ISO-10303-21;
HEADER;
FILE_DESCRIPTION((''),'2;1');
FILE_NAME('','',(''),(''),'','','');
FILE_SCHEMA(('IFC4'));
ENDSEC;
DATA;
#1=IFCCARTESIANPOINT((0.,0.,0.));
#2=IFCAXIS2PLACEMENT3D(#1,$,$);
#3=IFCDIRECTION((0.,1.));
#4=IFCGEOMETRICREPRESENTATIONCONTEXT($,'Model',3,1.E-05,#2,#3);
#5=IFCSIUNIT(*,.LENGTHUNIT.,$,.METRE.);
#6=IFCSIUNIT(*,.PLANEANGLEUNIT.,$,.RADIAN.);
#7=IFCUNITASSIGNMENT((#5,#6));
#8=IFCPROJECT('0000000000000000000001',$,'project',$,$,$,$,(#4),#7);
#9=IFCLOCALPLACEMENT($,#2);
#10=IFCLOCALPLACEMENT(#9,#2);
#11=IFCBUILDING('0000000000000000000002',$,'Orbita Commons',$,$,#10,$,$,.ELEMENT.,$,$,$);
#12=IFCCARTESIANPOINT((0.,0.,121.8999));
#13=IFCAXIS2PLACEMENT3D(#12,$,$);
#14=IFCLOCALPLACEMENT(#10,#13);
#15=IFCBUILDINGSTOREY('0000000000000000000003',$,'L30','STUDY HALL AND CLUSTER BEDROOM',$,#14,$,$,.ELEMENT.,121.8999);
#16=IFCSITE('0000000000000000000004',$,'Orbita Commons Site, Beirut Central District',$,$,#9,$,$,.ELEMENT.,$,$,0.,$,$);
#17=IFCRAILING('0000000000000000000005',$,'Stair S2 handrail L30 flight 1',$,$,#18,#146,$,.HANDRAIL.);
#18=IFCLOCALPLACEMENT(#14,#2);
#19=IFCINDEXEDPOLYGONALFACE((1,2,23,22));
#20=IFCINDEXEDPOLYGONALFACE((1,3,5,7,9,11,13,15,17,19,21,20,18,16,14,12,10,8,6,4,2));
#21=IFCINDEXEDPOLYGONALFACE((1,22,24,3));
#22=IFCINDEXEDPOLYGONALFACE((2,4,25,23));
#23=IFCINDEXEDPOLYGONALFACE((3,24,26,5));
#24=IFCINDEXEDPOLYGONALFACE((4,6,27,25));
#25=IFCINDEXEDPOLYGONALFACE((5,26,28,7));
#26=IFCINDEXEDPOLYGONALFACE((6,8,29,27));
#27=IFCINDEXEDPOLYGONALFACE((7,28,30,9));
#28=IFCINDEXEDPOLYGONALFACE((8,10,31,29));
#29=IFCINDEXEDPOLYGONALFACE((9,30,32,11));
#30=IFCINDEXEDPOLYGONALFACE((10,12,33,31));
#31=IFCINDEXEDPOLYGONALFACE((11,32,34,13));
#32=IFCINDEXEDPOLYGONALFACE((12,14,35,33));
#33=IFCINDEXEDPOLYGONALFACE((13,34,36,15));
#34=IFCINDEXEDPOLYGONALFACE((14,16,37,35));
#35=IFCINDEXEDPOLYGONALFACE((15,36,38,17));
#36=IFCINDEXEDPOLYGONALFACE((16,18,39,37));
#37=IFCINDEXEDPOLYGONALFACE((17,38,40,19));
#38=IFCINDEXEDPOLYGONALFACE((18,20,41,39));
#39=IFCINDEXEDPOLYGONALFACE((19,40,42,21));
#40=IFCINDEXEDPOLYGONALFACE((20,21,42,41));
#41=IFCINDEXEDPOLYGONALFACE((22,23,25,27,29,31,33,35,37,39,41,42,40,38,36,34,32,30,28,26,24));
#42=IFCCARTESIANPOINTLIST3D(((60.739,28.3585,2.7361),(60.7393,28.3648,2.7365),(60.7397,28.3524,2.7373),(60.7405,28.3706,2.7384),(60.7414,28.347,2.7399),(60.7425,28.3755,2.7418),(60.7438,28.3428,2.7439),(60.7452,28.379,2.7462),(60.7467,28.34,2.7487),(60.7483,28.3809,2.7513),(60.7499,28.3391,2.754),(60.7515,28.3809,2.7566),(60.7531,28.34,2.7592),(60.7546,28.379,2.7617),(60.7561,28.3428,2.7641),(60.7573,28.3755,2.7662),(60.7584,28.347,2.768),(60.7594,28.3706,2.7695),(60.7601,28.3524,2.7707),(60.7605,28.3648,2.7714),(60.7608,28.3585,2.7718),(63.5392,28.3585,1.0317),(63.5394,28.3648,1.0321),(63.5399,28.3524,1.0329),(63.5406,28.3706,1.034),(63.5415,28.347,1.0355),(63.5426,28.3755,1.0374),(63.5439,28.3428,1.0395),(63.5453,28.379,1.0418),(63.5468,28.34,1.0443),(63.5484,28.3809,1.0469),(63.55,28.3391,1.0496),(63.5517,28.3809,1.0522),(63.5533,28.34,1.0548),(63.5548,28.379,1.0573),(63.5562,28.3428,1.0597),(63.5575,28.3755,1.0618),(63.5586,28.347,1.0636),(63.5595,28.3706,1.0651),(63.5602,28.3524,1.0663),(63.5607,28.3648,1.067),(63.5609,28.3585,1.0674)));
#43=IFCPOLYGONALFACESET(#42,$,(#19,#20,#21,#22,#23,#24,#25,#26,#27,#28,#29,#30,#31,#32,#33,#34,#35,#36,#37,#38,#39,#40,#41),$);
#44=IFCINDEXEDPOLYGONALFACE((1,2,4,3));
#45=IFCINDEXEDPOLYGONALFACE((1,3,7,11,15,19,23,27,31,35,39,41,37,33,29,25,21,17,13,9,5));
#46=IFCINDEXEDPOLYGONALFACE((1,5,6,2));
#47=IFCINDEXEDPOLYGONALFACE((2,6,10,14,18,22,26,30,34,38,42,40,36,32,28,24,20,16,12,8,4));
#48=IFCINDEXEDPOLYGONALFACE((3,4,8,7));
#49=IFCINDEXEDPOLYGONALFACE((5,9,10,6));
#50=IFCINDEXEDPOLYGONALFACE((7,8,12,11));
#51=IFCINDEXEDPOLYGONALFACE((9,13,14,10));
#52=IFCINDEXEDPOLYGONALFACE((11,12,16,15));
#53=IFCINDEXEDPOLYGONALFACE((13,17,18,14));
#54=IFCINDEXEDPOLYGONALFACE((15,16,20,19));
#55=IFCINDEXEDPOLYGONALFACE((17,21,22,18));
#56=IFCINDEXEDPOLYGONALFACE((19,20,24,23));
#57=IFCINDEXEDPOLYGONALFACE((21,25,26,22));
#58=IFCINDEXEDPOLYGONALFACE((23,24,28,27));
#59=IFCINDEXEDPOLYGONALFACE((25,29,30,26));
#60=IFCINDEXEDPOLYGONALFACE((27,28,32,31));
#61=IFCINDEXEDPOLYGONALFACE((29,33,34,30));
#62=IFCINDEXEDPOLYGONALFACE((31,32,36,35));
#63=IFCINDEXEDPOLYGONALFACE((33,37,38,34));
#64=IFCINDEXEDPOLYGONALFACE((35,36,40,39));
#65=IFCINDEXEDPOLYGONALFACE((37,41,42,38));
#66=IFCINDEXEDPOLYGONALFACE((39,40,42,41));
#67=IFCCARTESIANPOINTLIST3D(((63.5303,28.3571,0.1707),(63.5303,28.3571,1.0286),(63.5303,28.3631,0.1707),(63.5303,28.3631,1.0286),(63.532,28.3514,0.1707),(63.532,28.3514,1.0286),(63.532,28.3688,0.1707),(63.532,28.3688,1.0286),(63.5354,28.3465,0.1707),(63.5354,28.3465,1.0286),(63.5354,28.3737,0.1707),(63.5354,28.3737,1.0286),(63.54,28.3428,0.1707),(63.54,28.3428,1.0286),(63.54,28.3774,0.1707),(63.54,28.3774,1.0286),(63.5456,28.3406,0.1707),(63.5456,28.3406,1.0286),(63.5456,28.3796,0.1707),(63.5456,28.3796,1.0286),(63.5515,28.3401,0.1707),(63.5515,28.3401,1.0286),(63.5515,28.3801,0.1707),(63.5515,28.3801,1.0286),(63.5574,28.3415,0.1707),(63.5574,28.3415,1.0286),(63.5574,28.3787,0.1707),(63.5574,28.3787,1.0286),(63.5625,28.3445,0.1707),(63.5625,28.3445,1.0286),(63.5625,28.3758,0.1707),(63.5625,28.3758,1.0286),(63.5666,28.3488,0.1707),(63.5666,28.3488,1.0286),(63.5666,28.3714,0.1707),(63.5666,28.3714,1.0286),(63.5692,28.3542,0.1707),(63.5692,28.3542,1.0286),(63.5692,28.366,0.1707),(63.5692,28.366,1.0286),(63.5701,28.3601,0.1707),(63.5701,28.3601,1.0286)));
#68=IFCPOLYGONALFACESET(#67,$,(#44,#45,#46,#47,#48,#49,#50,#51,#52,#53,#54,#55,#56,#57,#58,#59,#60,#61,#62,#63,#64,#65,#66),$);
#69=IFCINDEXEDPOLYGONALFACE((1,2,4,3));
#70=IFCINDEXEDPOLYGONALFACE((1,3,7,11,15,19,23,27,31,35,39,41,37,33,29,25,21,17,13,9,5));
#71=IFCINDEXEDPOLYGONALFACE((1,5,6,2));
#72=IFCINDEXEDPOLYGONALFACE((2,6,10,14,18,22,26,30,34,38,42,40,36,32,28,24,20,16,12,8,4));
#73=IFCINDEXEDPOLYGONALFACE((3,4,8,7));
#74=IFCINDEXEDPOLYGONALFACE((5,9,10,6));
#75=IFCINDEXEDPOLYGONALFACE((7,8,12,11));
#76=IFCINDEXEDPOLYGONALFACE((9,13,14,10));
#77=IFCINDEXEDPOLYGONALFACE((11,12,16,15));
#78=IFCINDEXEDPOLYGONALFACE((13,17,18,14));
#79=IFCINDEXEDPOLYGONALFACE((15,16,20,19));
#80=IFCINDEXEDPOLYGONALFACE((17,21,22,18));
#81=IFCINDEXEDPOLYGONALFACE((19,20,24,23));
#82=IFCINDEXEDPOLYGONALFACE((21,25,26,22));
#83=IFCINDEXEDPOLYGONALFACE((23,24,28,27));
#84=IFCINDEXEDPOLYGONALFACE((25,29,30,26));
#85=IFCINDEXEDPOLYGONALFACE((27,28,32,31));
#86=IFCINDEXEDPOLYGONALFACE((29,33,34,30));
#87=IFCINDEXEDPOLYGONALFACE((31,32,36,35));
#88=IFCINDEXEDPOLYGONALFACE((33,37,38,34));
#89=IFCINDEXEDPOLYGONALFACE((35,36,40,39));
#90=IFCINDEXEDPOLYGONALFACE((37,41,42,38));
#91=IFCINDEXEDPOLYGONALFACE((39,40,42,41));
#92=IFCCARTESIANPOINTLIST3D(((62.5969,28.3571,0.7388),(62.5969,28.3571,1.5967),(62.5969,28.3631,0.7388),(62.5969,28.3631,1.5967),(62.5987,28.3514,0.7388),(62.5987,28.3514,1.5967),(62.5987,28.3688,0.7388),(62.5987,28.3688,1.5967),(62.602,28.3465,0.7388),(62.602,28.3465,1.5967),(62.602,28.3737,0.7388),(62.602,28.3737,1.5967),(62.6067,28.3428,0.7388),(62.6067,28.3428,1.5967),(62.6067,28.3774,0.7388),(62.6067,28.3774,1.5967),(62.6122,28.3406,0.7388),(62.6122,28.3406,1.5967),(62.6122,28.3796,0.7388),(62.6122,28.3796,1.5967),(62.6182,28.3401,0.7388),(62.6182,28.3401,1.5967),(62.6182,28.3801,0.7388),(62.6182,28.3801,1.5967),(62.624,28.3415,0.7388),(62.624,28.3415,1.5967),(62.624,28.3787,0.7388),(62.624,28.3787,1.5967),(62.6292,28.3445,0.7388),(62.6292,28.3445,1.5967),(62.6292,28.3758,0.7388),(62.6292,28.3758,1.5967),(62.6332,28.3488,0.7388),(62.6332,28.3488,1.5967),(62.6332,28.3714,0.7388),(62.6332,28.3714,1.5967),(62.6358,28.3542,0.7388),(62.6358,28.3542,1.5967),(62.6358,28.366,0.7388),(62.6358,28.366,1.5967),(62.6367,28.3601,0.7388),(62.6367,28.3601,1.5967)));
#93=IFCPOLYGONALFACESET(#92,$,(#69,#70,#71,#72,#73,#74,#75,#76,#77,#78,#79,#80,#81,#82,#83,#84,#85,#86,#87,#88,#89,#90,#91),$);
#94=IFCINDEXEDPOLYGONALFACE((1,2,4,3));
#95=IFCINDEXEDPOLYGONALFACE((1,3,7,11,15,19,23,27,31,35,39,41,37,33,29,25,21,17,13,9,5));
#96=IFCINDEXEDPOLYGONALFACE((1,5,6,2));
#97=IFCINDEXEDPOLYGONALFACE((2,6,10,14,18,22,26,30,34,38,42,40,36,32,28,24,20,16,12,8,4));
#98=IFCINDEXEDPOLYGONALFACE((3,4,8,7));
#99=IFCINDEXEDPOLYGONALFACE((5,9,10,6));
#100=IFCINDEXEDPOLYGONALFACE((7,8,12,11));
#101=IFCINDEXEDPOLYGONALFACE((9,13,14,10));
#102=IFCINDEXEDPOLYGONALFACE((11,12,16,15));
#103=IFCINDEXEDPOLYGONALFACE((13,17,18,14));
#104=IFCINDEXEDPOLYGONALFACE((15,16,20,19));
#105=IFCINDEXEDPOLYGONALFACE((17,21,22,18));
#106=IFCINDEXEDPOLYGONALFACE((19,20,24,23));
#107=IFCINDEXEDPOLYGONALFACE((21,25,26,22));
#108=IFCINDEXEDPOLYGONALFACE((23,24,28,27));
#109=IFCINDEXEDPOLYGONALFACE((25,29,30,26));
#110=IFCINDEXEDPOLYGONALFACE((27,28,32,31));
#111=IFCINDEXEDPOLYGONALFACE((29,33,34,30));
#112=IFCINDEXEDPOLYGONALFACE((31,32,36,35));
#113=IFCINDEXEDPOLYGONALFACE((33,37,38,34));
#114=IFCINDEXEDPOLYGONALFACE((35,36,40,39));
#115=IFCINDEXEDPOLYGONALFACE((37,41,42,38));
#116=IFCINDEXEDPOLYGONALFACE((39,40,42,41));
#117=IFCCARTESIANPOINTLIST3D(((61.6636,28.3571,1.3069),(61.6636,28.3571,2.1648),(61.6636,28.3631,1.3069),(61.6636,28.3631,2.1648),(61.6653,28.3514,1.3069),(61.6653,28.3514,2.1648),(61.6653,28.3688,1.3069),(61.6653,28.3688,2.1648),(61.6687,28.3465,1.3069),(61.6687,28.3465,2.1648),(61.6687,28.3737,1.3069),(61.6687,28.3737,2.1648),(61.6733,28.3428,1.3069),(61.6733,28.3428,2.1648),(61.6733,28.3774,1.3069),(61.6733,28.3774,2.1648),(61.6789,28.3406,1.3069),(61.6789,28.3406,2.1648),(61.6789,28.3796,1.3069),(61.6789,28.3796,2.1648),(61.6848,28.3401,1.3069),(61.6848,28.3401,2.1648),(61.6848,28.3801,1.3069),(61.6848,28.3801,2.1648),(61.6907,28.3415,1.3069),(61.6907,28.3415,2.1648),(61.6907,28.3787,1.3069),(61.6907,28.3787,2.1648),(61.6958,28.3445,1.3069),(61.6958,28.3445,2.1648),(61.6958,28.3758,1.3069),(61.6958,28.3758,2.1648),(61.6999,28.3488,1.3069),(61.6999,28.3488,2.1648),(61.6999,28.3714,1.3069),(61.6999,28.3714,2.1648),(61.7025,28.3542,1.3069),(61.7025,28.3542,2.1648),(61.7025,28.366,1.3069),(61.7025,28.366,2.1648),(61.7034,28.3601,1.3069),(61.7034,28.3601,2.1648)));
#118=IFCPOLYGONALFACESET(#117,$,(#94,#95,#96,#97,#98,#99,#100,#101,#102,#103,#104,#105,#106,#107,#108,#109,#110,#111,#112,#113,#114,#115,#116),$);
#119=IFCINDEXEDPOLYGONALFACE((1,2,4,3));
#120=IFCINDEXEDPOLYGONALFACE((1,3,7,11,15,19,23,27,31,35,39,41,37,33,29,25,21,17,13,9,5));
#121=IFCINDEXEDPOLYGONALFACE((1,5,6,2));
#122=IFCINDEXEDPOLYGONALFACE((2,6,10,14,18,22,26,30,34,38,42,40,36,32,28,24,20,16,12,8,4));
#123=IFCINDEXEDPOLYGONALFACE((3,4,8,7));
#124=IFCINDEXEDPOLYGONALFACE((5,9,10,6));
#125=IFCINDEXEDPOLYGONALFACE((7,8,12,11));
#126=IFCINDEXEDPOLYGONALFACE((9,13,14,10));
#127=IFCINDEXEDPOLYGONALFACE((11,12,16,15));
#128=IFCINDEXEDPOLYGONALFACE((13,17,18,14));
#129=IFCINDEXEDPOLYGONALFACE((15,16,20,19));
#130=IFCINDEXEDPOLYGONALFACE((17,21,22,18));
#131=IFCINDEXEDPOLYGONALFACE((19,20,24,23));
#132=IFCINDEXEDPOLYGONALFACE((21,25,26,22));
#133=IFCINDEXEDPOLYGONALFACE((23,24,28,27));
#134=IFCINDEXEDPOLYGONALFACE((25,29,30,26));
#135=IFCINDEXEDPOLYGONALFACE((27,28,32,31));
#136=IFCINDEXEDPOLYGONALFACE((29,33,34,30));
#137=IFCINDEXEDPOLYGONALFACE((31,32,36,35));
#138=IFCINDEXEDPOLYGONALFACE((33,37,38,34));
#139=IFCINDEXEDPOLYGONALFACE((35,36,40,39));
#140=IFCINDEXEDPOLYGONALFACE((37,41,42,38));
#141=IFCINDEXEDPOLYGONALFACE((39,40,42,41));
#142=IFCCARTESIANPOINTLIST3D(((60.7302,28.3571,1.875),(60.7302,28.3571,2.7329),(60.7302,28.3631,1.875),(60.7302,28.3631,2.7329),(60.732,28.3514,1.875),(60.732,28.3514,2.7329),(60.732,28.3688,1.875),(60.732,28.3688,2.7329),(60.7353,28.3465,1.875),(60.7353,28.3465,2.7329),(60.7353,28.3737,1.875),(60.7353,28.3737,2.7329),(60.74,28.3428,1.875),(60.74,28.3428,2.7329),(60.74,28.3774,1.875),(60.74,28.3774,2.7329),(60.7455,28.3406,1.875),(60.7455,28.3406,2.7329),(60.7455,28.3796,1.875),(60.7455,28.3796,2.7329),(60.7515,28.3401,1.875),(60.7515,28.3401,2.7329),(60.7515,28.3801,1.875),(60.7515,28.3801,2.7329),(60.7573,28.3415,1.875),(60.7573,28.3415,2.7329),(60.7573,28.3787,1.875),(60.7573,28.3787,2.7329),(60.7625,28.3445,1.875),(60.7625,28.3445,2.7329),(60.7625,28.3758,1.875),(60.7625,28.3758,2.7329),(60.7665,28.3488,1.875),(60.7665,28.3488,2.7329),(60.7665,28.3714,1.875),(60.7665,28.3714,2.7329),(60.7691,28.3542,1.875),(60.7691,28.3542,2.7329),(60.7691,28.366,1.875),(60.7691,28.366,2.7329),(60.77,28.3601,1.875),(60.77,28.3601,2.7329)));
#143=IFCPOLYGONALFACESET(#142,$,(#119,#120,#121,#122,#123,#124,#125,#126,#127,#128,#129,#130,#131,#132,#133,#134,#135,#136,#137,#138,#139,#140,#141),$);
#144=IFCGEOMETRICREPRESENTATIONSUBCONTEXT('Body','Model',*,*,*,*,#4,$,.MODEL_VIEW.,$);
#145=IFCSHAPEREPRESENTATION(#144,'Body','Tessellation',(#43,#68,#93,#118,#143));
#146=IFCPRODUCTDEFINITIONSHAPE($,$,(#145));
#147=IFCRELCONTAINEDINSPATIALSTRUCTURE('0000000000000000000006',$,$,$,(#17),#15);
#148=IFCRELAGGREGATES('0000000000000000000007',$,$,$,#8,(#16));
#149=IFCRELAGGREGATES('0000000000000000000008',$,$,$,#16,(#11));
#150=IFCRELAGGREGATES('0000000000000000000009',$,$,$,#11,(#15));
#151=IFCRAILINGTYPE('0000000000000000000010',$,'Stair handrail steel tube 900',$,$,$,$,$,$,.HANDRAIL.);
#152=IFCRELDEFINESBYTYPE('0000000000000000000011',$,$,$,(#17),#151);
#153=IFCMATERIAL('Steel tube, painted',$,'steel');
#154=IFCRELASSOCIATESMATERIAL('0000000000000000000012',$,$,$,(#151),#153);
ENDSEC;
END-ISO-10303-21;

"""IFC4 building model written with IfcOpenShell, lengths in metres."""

from ifc_helpers import new_model, si_unit, direction, frame, origin, origin_2d, place, context, subcontext, project, spatial, circle, extrude, material, type_object, element, save


model = new_model("IFC4")

# Units and contexts
model_context = context("Model", 3, precision=1e-05, world=origin(), true_north=direction((0.0, 1.0)))
body_context = subcontext(model_context, "Body", "Model", "MODEL_VIEW")
ifc_project = project(units=[si_unit("LENGTHUNIT", "METRE"), si_unit("PLANEANGLEUNIT", "RADIAN")], contexts=[model_context])

# Site, building, storey
site_placement = place(None, origin())
site = spatial("IfcSite", under=ifc_project, at=site_placement, Name="Orbita Commons Site, Beirut Central District", CompositionType="ELEMENT", RefElevation=0.0)
building_placement = place(site_placement, origin())
building = spatial("IfcBuilding", under=site, at=building_placement, Name="Orbita Commons", CompositionType="ELEMENT")
storey_placement = place(building_placement, frame((0.0, 0.0, 121.8999)))
storey = spatial("IfcBuildingStorey", under=building, at=storey_placement, Name="L30", Description="STUDY HALL AND CLUSTER BEDROOM", CompositionType="ELEMENT", Elevation=121.8999)

# Railing
ifc_material_1 = material(Name="Steel tube, painted", Category="steel")
railing_type = type_object("IfcRailingType", Name="Stair handrail steel tube 900", PredefinedType="HANDRAIL", material=ifc_material_1)
railing_placement = place(storey_placement, frame((63.55, 28.3601, 0.1707)))
element("IfcRailing", 1, at=railing_placement, inside=storey, type_object=railing_type, Name="Stair S2 handrail L30 flight 1", PredefinedType="HANDRAIL", context=body_context, shape_type="SweptSolid", body=[
    extrude(circle(Radius=0.021, at=origin_2d()), frame((0.0, 0.0, 0.8789), z_axis=(-0.854203, 0.0, 0.51994), x_axis=(0.0, -1.0, 0.0)), (0.0, 0.0, 1.0), 3.2781),
    extrude(circle(Radius=0.02, at=origin_2d()), origin(), (0.0, 0.0, 1.0), 0.8579),
    extrude(circle(Radius=0.02, at=origin_2d()), frame((-0.9333, 0.0, 0.5681)), (0.0, 0.0, 1.0), 0.8579),
    extrude(circle(Radius=0.02, at=origin_2d()), frame((-1.8667, 0.0, 1.1362)), (0.0, 0.0, 1.0), 0.8579),
    extrude(circle(Radius=0.02, at=origin_2d()), frame((-2.8, 0.0, 1.7043)), (0.0, 0.0, 1.0), 0.8579),
])

save(model, "model.ifc")
